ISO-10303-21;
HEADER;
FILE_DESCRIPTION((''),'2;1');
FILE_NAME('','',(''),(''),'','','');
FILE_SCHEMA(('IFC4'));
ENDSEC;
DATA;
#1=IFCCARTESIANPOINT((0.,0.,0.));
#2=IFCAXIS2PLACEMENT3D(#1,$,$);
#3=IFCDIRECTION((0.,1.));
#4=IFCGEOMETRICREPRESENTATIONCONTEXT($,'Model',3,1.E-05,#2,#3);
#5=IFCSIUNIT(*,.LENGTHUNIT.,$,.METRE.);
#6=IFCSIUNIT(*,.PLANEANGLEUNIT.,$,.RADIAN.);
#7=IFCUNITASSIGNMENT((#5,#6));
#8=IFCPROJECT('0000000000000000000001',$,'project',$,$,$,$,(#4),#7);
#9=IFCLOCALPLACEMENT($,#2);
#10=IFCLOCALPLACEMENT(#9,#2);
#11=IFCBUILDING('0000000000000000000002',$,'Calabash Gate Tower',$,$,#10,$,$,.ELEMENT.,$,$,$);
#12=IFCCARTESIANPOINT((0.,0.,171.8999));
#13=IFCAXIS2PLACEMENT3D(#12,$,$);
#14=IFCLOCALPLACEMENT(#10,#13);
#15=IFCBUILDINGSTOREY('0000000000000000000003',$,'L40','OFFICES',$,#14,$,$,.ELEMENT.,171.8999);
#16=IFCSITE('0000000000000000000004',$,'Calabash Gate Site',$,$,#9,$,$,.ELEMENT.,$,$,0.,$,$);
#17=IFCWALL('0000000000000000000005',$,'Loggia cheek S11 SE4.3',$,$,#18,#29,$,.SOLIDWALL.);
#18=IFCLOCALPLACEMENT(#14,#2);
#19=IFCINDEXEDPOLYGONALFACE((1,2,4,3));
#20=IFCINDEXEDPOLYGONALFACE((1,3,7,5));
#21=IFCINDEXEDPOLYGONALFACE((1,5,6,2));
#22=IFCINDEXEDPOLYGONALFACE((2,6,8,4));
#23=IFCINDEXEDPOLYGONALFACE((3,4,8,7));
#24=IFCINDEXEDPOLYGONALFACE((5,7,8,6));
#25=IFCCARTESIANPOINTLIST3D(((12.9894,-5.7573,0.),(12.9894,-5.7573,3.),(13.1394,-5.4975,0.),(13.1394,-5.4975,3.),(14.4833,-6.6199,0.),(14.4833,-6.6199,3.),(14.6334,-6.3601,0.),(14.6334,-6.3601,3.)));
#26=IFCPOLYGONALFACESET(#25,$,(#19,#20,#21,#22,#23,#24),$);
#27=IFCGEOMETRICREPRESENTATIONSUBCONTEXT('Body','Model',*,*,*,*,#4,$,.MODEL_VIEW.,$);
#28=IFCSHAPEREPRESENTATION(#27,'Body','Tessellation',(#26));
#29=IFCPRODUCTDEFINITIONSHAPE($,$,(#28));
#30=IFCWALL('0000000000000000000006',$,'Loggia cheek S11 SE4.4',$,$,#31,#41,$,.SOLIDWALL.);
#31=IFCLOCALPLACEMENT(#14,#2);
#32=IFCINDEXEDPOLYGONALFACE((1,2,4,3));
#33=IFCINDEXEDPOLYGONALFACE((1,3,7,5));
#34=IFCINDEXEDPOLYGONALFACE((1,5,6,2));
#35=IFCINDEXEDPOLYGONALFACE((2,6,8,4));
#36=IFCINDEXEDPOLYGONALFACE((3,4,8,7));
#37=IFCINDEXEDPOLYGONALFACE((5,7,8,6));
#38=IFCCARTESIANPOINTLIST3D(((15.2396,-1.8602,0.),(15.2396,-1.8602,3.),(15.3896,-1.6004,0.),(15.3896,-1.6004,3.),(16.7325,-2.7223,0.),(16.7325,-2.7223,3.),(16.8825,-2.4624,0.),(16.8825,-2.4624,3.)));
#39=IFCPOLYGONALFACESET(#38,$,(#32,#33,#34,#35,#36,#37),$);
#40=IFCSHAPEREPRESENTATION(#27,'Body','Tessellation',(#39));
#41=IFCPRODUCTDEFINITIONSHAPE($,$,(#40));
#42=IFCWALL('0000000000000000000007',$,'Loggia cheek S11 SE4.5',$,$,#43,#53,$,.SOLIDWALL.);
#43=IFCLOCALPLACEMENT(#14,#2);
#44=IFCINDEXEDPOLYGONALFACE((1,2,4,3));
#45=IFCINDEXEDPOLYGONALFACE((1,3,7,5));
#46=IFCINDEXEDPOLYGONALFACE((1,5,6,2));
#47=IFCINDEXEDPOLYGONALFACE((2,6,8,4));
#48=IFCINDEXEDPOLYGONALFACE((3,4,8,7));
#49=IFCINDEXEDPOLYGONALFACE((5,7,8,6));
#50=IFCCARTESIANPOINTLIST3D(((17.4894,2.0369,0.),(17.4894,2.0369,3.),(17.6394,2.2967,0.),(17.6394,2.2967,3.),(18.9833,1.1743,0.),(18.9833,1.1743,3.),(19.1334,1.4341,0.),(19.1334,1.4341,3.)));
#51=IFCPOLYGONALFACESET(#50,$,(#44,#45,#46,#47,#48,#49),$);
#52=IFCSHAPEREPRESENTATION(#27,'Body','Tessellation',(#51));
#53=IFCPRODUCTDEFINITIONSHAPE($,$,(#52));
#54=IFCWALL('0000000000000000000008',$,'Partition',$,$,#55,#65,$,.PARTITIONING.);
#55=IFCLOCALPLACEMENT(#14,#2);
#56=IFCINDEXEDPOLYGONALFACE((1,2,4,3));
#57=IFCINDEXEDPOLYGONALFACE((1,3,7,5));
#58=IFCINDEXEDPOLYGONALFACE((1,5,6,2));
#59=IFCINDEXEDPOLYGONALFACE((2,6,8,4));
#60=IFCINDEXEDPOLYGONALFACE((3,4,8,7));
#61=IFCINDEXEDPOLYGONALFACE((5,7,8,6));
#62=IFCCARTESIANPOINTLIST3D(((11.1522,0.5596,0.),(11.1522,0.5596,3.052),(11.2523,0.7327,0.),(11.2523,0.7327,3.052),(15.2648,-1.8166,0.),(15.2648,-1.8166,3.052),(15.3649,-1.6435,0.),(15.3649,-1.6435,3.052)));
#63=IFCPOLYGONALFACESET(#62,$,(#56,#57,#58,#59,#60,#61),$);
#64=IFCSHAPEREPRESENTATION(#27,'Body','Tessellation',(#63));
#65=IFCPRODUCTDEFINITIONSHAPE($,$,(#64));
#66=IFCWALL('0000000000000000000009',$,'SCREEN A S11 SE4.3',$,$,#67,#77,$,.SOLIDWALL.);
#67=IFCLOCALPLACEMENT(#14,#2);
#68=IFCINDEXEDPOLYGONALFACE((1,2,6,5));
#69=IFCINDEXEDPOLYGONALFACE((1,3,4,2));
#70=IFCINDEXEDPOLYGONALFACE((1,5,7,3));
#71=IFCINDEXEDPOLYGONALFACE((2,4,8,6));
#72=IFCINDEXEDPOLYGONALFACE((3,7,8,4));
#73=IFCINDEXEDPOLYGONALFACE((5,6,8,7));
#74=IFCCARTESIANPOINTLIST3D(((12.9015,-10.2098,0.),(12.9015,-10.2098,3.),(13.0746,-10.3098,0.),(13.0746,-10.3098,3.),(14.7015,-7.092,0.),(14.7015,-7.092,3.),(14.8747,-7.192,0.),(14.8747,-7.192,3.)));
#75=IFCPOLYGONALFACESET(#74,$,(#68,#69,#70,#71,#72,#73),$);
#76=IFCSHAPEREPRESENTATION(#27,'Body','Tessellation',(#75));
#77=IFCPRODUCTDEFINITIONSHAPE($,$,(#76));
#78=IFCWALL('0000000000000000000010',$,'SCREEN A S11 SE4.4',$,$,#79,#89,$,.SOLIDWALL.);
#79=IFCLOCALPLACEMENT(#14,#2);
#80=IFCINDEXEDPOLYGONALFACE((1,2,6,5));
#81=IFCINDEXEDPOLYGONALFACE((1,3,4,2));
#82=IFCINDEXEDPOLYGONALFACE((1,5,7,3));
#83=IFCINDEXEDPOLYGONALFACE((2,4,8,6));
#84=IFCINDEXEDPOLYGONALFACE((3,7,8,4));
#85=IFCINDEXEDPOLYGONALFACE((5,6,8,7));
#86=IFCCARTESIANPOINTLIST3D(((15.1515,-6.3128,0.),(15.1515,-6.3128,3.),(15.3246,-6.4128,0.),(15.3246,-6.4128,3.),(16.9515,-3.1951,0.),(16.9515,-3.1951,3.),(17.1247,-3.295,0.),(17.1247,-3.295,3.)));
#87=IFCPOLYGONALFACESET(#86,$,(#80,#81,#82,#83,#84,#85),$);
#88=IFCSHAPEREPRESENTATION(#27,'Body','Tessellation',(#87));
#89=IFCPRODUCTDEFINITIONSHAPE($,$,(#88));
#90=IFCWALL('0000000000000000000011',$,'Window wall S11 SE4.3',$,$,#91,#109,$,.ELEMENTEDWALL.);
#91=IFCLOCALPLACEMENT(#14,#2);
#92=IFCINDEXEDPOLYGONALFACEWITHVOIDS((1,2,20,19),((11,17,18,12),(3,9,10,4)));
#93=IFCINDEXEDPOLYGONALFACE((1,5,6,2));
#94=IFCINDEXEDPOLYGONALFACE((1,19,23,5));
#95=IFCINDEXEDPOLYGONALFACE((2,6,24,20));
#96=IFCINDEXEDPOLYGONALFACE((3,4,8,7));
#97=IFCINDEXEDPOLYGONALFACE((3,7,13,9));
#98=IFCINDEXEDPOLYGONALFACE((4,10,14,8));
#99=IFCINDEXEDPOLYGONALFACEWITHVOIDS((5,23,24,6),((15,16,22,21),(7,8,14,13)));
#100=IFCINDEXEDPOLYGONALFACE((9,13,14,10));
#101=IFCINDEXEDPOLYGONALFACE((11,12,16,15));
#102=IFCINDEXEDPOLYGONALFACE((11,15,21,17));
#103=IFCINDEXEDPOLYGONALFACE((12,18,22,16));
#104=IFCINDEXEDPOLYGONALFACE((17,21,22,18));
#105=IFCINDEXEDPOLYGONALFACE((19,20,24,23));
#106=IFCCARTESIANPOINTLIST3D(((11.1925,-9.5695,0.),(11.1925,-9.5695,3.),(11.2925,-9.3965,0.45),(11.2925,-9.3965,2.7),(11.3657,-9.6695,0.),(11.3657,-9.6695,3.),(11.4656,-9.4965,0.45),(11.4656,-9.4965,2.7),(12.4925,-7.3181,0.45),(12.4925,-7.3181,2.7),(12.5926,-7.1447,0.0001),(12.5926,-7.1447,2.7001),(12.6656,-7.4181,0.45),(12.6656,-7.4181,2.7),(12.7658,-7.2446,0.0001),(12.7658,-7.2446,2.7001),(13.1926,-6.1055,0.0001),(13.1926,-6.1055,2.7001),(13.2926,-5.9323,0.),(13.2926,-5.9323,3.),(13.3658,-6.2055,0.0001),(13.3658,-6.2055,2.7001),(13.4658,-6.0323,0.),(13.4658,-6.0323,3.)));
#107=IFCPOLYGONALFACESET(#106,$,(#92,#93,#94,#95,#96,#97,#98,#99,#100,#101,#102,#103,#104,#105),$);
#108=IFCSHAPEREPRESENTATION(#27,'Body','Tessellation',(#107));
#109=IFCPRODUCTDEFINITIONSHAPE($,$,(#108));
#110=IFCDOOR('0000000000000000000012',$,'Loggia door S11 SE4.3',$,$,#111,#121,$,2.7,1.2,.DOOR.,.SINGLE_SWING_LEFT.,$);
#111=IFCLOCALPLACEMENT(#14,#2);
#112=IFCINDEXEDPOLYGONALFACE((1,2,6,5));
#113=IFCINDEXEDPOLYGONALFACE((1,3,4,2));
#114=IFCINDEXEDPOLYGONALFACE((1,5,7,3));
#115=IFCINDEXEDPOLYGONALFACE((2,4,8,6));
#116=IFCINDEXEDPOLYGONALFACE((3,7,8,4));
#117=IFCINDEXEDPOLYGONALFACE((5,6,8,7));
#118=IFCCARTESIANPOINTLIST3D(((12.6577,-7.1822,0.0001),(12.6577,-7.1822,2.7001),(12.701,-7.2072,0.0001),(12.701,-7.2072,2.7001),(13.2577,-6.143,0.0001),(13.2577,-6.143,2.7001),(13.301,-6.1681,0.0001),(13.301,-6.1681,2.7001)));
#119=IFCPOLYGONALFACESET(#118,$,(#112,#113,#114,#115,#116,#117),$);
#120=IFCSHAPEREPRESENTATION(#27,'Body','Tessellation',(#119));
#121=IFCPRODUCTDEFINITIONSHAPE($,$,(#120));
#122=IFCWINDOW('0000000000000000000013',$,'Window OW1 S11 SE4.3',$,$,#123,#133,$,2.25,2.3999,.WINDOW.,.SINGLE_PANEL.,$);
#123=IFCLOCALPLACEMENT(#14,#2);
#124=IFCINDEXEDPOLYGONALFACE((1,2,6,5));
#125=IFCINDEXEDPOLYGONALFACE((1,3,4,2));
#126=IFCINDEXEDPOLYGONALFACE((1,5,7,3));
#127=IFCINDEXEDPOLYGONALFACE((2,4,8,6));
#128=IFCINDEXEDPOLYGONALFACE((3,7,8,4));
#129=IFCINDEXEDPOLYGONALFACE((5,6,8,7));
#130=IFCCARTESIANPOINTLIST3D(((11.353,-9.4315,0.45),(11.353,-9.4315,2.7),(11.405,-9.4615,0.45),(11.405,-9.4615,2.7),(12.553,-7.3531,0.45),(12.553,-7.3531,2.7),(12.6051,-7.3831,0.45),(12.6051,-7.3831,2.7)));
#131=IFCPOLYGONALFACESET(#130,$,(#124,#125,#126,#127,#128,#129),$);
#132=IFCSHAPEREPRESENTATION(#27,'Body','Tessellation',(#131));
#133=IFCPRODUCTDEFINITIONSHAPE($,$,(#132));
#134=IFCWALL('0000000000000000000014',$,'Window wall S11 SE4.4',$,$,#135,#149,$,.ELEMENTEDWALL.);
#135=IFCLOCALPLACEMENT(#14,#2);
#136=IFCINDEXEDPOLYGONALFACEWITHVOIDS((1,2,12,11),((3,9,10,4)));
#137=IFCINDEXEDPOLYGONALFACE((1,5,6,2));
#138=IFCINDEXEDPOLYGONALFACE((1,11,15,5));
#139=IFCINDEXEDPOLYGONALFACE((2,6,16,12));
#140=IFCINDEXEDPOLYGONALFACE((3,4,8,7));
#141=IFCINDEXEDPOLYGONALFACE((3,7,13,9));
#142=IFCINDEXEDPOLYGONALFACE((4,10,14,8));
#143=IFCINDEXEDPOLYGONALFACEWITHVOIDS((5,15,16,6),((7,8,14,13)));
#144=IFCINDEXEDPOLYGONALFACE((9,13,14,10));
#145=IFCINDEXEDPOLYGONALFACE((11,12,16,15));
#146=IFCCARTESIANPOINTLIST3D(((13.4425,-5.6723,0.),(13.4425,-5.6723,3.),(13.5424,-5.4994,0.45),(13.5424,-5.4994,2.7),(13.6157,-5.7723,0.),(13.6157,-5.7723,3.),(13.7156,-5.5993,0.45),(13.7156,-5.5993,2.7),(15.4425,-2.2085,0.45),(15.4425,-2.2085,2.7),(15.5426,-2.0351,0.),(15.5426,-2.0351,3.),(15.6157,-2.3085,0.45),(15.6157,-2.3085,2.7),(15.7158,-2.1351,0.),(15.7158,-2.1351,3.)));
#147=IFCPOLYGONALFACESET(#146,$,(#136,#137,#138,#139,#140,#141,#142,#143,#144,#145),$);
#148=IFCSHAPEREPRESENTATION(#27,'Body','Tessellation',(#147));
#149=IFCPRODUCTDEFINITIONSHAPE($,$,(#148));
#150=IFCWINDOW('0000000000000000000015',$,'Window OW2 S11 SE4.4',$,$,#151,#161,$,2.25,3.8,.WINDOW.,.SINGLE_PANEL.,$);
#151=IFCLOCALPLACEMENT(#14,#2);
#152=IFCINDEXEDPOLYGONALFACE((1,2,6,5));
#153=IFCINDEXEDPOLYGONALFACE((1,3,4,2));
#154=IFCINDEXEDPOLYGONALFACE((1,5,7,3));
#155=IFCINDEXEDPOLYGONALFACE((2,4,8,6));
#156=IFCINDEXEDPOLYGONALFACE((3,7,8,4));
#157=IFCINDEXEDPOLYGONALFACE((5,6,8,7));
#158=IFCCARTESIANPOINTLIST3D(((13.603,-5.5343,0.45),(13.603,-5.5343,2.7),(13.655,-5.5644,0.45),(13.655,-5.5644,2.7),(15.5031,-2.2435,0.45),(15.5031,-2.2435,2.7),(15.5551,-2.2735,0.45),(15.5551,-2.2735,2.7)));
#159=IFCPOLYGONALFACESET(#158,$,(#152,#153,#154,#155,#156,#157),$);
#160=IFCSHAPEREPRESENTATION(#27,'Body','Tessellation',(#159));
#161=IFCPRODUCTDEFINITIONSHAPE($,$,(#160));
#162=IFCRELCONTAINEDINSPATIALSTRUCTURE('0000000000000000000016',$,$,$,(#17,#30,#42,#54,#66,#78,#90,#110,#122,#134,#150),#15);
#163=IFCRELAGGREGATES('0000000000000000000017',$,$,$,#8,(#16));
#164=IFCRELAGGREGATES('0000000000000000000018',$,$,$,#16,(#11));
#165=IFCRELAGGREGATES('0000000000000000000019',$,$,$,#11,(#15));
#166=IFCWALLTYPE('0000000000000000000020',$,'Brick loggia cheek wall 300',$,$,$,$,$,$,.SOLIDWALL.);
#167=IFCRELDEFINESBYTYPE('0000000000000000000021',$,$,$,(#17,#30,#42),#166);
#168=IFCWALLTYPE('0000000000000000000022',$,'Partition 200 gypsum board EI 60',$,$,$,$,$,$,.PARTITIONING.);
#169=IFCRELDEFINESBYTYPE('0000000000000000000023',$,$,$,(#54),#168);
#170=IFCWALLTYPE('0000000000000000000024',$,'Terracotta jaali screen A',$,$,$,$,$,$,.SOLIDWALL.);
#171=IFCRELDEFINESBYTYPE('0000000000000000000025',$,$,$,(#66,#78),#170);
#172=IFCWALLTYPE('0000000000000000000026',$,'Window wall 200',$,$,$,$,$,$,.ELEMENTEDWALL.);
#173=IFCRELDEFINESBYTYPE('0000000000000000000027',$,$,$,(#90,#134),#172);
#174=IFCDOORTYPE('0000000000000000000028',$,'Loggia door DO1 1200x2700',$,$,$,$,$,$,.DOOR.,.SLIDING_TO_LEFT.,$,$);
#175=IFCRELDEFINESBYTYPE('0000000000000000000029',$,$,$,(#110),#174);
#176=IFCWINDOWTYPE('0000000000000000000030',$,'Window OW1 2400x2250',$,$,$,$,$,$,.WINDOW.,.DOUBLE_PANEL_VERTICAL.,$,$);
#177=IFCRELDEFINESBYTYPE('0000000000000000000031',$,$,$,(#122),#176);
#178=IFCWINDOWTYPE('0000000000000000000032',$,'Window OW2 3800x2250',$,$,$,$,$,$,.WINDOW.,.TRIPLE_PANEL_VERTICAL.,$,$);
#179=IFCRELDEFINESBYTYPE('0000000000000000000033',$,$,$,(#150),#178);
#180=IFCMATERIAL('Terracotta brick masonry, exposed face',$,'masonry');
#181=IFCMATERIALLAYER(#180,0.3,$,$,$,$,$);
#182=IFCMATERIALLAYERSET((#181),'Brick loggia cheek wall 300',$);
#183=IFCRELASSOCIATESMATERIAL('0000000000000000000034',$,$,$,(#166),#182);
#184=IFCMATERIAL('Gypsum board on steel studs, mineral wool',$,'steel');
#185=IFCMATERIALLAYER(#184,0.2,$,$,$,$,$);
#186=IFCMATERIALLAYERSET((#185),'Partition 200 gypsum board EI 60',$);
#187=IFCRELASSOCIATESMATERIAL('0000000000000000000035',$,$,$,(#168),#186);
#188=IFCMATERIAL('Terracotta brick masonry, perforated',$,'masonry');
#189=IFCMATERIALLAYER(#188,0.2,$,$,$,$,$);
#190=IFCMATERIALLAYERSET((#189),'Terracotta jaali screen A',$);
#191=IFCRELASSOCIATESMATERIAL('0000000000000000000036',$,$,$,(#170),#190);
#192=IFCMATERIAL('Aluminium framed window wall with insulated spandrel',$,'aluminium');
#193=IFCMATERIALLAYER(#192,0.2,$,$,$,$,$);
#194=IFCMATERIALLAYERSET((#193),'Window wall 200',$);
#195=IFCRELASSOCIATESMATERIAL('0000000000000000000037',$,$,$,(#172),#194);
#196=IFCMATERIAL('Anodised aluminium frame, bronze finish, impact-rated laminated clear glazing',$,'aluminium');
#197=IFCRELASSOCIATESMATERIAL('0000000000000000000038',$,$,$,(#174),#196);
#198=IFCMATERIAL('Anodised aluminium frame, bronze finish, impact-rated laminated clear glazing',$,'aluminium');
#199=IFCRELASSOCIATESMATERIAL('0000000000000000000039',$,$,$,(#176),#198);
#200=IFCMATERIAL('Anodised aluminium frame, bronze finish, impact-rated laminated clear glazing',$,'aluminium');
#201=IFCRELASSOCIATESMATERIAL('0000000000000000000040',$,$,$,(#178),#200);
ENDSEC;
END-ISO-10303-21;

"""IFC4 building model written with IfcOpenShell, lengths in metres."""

from ifc_helpers import new_model, si_unit, direction, frame, frame_2d, origin, place, context, subcontext, project, spatial, rectangle, extrude, material, layer, layer_set, type_object, element, fill, save


model = new_model("IFC4")

# Units and contexts
model_context = context("Model", 3, precision=1e-05, world=origin(), true_north=direction((0.0, 1.0)))
body_context = subcontext(model_context, "Body", "Model", "MODEL_VIEW")
ifc_project = project(units=[si_unit("LENGTHUNIT", "METRE"), si_unit("PLANEANGLEUNIT", "RADIAN")], contexts=[model_context])

# Site, building, storey
site_placement = place(None, origin())
site = spatial("IfcSite", under=ifc_project, at=site_placement, Name="Calabash Gate Site", CompositionType="ELEMENT", RefElevation=0.0)
building_placement = place(site_placement, origin())
building = spatial("IfcBuilding", under=site, at=building_placement, Name="Calabash Gate Tower", CompositionType="ELEMENT")
storey_placement = place(building_placement, frame((0.0, 0.0, 171.8999)))
storey = spatial("IfcBuildingStorey", under=building, at=storey_placement, Name="L40", Description="OFFICES", CompositionType="ELEMENT", Elevation=171.8999)

# Walls
ifc_material_1 = material(Name="Terracotta brick masonry, exposed face", Category="masonry")
ifc_layer_1 = layer(ifc_material_1, 0.3)
ifc_layer_set_1 = layer_set([ifc_layer_1], Name="Brick loggia cheek wall 300")
wall_type_1 = type_object("IfcWallType", Name="Brick loggia cheek wall 300", PredefinedType="SOLIDWALL", material=ifc_layer_set_1)
wall_1_placement = place(storey_placement, frame((14.5583, -6.49, 0.0), z_axis=(0.0, 0.0, 1.0), x_axis=(-0.866014, 0.500021, 0.0)))
element("IfcWall", 1, at=wall_1_placement, inside=storey, type_object=wall_type_1, Name="Loggia cheek S11 SE4.3", PredefinedType="SOLIDWALL", context=body_context, shape_type="SweptSolid", body=[
    extrude(rectangle(XDim=1.7251, YDim=0.3, at=frame_2d((0.8625, 0.0))), origin(), (0.0, 0.0, 1.0), 3.0),
])
wall_2_placement = place(storey_placement, frame((16.8074, -2.5923, 0.0), z_axis=(0.0, 0.0, 1.0), x_axis=(-0.865995, 0.500053, 0.0)))
element("IfcWall", 2, at=wall_2_placement, inside=storey, type_object=wall_type_1, Name="Loggia cheek S11 SE4.4", PredefinedType="SOLIDWALL", context=body_context, shape_type="SweptSolid", body=[
    extrude(rectangle(XDim=1.7239, YDim=0.3, at=frame_2d((0.8618, 0.0))), origin(), (0.0, 0.0, 1.0), 3.0),
])
wall_3_placement = place(storey_placement, frame((19.0583, 1.3042, 0.0), z_axis=(0.0, 0.0, 1.0), x_axis=(-0.866014, 0.500021, 0.0)))
element("IfcWall", 3, at=wall_3_placement, inside=storey, type_object=wall_type_1, Name="Loggia cheek S11 SE4.5", PredefinedType="SOLIDWALL", context=body_context, shape_type="SweptSolid", body=[
    extrude(rectangle(XDim=1.7251, YDim=0.3, at=frame_2d((0.8625, 0.0))), origin(), (0.0, 0.0, 1.0), 3.0),
])
ifc_material_2 = material(Name="Gypsum board on steel studs, mineral wool", Category="steel")
ifc_layer_2 = layer(ifc_material_2, 0.2)
ifc_layer_set_2 = layer_set([ifc_layer_2], Name="Partition 200 gypsum board EI 60")
wall_type_2 = type_object("IfcWallType", Name="Partition 200 gypsum board EI 60", PredefinedType="PARTITIONING", material=ifc_layer_set_2)
wall_4_placement = place(storey_placement, frame((11.2021, 0.6462, 0.0), z_axis=(0.0, 0.0, 1.0), x_axis=(0.865858, -0.50029, 0.0)))
element("IfcWall", 4, at=wall_4_placement, inside=storey, type_object=wall_type_2, Name="Partition", PredefinedType="PARTITIONING", context=body_context, shape_type="SweptSolid", body=[
    extrude(rectangle(XDim=4.7498, YDim=0.2, at=frame_2d((2.375, 0.0))), origin(), (0.0, 0.0, 1.0), 3.052),
])

# Walls
ifc_material_3 = material(Name="Terracotta brick masonry, perforated", Category="masonry")
ifc_layer_3 = layer(ifc_material_3, 0.2)
ifc_layer_set_3 = layer_set([ifc_layer_3], Name="Terracotta jaali screen A")
wall_type_3 = type_object("IfcWallType", Name="Terracotta jaali screen A", PredefinedType="SOLIDWALL", material=ifc_layer_set_3)
for number, where, z_axis, x_axis, name in (
    (5, (12.988, -10.2598, 0.0), (0.0, 0.0, 1.0), (0.500012, 0.866018, 0.0), "SCREEN A S11 SE4.3"),
    (6, (15.238, -6.3628, 0.0), (0.0, 0.0, 1.0), (0.500012, 0.866018, 0.0), "SCREEN A S11 SE4.4"),
):
    element("IfcWall", number, at=place(storey_placement, frame(where, z_axis=z_axis, x_axis=x_axis)), inside=storey, type_object=wall_type_3, Name=name, PredefinedType="SOLIDWALL", context=body_context, shape_type="SweptSolid", body=[
        extrude(rectangle(XDim=3.6001, YDim=0.2, at=frame_2d((1.8, 0.0))), origin(), (0.0, 0.0, 1.0), 3.0),
    ])

# Wall, openings, door, window
ifc_material_4 = material(Name="Aluminium framed window wall with insulated spandrel", Category="aluminium")
ifc_layer_4 = layer(ifc_material_4, 0.2)
ifc_layer_set_4 = layer_set([ifc_layer_4], Name="Window wall 200")
wall_type_4 = type_object("IfcWallType", Name="Window wall 200", PredefinedType="ELEMENTEDWALL", material=ifc_layer_set_4)
wall_5_placement = place(storey_placement, frame((11.2791, -9.6196, 0.0), z_axis=(0.0, 0.0, 1.0), x_axis=(0.500028, 0.866009, 0.0)))
wall_5 = element("IfcWall", 7, at=wall_5_placement, inside=storey, type_object=wall_type_4, Name="Window wall S11 SE4.3", PredefinedType="ELEMENTEDWALL", context=body_context, shape_type="SweptSolid", body=[
    extrude(rectangle(XDim=4.2, YDim=0.2, at=frame_2d((2.1001, 0.0))), origin(), (0.0, 0.0, 1.0), 3.0),
])
opening_1_placement = place(wall_5_placement, frame((0.2, 0.0, 0.45)))
opening_1 = element("IfcOpeningElement", 8, at=opening_1_placement, cuts=wall_5, PredefinedType="OPENING", context=body_context, shape_type="SweptSolid", body=[
    extrude(rectangle(XDim=2.3999, YDim=2.25, at=frame_2d((1.2, 1.125))), frame((0.0, 0.1099, 0.0), z_axis=(0.0, -1.0, 0.0), x_axis=(1.0, 0.0, 0.0)), (0.0, 0.0, 1.0), 0.22),
])
opening_2_placement = place(wall_5_placement, frame((2.8, 0.0, 0.0)))
opening_2 = element("IfcOpeningElement", 9, at=opening_2_placement, cuts=wall_5, PredefinedType="OPENING", context=body_context, shape_type="SweptSolid", body=[
    extrude(rectangle(XDim=1.2, YDim=2.7, at=frame_2d((0.6001, 1.3501))), frame((0.0, 0.1099, 0.0), z_axis=(0.0, -1.0, 0.0), x_axis=(1.0, 0.0, 0.0)), (0.0, 0.0, 1.0), 0.22),
])
ifc_material_5 = material(Name="Anodised aluminium frame, bronze finish, impact-rated laminated clear glazing", Category="aluminium")
door_type_1 = type_object("IfcDoorType", Name="Loggia door DO1 1200x2700", OperationType="SLIDING_TO_LEFT", PredefinedType="DOOR", material=ifc_material_5)
door_1_placement = place(opening_2_placement, origin())
door_1 = element("IfcDoor", 10, at=door_1_placement, inside=storey, type_object=door_type_1, Name="Loggia door S11 SE4.3", OperationType="SINGLE_SWING_LEFT", OverallHeight=2.7, OverallWidth=1.2, PredefinedType="DOOR", context=body_context, shape_type="SweptSolid", body=[
    extrude(rectangle(XDim=1.2, YDim=2.7, at=frame_2d((0.6001, 1.3501))), frame((0.0, 0.0249, 0.0), z_axis=(0.0, -1.0, 0.0), x_axis=(1.0, 0.0, 0.0)), (0.0, 0.0, 1.0), 0.05),
])
fill(opening_2, door_1)
ifc_material_6 = material(Name="Anodised aluminium frame, bronze finish, impact-rated laminated clear glazing", Category="aluminium")
window_type_1 = type_object("IfcWindowType", Name="Window OW1 2400x2250", PartitioningType="DOUBLE_PANEL_VERTICAL", PredefinedType="WINDOW", material=ifc_material_6)
window_1_placement = place(opening_1_placement, origin())
window_1 = element("IfcWindow", 11, at=window_1_placement, inside=storey, type_object=window_type_1, Name="Window OW1 S11 SE4.3", OverallHeight=2.25, OverallWidth=2.3999, PartitioningType="SINGLE_PANEL", PredefinedType="WINDOW", context=body_context, shape_type="SweptSolid", body=[
    extrude(rectangle(XDim=2.3999, YDim=2.25, at=frame_2d((1.2, 1.125))), frame((0.0, 0.03, 0.0), z_axis=(0.0, -1.0, 0.0), x_axis=(1.0, 0.0, 0.0)), (0.0, 0.0, 1.0), 0.0601),
])
fill(opening_1, window_1)

# Wall, opening, window
wall_6_placement = place(storey_placement, frame((13.5291, -5.7224, 0.0), z_axis=(0.0, 0.0, 1.0), x_axis=(0.500028, 0.866009, 0.0)))
wall_6 = element("IfcWall", 12, at=wall_6_placement, inside=storey, type_object=wall_type_4, Name="Window wall S11 SE4.4", PredefinedType="ELEMENTEDWALL", context=body_context, shape_type="SweptSolid", body=[
    extrude(rectangle(XDim=4.2, YDim=0.2, at=frame_2d((2.1001, 0.0))), origin(), (0.0, 0.0, 1.0), 3.0),
])
opening_3_placement = place(wall_6_placement, frame((0.2, 0.0, 0.45)))
opening_3 = element("IfcOpeningElement", 13, at=opening_3_placement, cuts=wall_6, PredefinedType="OPENING", context=body_context, shape_type="SweptSolid", body=[
    extrude(rectangle(XDim=3.8, YDim=2.25, at=frame_2d((1.8999, 1.125))), frame((0.0, 0.1099, 0.0), z_axis=(0.0, -1.0, 0.0), x_axis=(1.0, 0.0, 0.0)), (0.0, 0.0, 1.0), 0.22),
])
ifc_material_7 = material(Name="Anodised aluminium frame, bronze finish, impact-rated laminated clear glazing", Category="aluminium")
window_type_2 = type_object("IfcWindowType", Name="Window OW2 3800x2250", PartitioningType="TRIPLE_PANEL_VERTICAL", PredefinedType="WINDOW", material=ifc_material_7)
window_2_placement = place(opening_3_placement, origin())
window_2 = element("IfcWindow", 14, at=window_2_placement, inside=storey, type_object=window_type_2, Name="Window OW2 S11 SE4.4", OverallHeight=2.25, OverallWidth=3.8, PartitioningType="SINGLE_PANEL", PredefinedType="WINDOW", context=body_context, shape_type="SweptSolid", body=[
    extrude(rectangle(XDim=3.8, YDim=2.25, at=frame_2d((1.8999, 1.125))), frame((0.0, 0.03, 0.0), z_axis=(0.0, -1.0, 0.0), x_axis=(1.0, 0.0, 0.0)), (0.0, 0.0, 1.0), 0.0601),
])
fill(opening_3, window_2)

save(model, "model.ifc")
